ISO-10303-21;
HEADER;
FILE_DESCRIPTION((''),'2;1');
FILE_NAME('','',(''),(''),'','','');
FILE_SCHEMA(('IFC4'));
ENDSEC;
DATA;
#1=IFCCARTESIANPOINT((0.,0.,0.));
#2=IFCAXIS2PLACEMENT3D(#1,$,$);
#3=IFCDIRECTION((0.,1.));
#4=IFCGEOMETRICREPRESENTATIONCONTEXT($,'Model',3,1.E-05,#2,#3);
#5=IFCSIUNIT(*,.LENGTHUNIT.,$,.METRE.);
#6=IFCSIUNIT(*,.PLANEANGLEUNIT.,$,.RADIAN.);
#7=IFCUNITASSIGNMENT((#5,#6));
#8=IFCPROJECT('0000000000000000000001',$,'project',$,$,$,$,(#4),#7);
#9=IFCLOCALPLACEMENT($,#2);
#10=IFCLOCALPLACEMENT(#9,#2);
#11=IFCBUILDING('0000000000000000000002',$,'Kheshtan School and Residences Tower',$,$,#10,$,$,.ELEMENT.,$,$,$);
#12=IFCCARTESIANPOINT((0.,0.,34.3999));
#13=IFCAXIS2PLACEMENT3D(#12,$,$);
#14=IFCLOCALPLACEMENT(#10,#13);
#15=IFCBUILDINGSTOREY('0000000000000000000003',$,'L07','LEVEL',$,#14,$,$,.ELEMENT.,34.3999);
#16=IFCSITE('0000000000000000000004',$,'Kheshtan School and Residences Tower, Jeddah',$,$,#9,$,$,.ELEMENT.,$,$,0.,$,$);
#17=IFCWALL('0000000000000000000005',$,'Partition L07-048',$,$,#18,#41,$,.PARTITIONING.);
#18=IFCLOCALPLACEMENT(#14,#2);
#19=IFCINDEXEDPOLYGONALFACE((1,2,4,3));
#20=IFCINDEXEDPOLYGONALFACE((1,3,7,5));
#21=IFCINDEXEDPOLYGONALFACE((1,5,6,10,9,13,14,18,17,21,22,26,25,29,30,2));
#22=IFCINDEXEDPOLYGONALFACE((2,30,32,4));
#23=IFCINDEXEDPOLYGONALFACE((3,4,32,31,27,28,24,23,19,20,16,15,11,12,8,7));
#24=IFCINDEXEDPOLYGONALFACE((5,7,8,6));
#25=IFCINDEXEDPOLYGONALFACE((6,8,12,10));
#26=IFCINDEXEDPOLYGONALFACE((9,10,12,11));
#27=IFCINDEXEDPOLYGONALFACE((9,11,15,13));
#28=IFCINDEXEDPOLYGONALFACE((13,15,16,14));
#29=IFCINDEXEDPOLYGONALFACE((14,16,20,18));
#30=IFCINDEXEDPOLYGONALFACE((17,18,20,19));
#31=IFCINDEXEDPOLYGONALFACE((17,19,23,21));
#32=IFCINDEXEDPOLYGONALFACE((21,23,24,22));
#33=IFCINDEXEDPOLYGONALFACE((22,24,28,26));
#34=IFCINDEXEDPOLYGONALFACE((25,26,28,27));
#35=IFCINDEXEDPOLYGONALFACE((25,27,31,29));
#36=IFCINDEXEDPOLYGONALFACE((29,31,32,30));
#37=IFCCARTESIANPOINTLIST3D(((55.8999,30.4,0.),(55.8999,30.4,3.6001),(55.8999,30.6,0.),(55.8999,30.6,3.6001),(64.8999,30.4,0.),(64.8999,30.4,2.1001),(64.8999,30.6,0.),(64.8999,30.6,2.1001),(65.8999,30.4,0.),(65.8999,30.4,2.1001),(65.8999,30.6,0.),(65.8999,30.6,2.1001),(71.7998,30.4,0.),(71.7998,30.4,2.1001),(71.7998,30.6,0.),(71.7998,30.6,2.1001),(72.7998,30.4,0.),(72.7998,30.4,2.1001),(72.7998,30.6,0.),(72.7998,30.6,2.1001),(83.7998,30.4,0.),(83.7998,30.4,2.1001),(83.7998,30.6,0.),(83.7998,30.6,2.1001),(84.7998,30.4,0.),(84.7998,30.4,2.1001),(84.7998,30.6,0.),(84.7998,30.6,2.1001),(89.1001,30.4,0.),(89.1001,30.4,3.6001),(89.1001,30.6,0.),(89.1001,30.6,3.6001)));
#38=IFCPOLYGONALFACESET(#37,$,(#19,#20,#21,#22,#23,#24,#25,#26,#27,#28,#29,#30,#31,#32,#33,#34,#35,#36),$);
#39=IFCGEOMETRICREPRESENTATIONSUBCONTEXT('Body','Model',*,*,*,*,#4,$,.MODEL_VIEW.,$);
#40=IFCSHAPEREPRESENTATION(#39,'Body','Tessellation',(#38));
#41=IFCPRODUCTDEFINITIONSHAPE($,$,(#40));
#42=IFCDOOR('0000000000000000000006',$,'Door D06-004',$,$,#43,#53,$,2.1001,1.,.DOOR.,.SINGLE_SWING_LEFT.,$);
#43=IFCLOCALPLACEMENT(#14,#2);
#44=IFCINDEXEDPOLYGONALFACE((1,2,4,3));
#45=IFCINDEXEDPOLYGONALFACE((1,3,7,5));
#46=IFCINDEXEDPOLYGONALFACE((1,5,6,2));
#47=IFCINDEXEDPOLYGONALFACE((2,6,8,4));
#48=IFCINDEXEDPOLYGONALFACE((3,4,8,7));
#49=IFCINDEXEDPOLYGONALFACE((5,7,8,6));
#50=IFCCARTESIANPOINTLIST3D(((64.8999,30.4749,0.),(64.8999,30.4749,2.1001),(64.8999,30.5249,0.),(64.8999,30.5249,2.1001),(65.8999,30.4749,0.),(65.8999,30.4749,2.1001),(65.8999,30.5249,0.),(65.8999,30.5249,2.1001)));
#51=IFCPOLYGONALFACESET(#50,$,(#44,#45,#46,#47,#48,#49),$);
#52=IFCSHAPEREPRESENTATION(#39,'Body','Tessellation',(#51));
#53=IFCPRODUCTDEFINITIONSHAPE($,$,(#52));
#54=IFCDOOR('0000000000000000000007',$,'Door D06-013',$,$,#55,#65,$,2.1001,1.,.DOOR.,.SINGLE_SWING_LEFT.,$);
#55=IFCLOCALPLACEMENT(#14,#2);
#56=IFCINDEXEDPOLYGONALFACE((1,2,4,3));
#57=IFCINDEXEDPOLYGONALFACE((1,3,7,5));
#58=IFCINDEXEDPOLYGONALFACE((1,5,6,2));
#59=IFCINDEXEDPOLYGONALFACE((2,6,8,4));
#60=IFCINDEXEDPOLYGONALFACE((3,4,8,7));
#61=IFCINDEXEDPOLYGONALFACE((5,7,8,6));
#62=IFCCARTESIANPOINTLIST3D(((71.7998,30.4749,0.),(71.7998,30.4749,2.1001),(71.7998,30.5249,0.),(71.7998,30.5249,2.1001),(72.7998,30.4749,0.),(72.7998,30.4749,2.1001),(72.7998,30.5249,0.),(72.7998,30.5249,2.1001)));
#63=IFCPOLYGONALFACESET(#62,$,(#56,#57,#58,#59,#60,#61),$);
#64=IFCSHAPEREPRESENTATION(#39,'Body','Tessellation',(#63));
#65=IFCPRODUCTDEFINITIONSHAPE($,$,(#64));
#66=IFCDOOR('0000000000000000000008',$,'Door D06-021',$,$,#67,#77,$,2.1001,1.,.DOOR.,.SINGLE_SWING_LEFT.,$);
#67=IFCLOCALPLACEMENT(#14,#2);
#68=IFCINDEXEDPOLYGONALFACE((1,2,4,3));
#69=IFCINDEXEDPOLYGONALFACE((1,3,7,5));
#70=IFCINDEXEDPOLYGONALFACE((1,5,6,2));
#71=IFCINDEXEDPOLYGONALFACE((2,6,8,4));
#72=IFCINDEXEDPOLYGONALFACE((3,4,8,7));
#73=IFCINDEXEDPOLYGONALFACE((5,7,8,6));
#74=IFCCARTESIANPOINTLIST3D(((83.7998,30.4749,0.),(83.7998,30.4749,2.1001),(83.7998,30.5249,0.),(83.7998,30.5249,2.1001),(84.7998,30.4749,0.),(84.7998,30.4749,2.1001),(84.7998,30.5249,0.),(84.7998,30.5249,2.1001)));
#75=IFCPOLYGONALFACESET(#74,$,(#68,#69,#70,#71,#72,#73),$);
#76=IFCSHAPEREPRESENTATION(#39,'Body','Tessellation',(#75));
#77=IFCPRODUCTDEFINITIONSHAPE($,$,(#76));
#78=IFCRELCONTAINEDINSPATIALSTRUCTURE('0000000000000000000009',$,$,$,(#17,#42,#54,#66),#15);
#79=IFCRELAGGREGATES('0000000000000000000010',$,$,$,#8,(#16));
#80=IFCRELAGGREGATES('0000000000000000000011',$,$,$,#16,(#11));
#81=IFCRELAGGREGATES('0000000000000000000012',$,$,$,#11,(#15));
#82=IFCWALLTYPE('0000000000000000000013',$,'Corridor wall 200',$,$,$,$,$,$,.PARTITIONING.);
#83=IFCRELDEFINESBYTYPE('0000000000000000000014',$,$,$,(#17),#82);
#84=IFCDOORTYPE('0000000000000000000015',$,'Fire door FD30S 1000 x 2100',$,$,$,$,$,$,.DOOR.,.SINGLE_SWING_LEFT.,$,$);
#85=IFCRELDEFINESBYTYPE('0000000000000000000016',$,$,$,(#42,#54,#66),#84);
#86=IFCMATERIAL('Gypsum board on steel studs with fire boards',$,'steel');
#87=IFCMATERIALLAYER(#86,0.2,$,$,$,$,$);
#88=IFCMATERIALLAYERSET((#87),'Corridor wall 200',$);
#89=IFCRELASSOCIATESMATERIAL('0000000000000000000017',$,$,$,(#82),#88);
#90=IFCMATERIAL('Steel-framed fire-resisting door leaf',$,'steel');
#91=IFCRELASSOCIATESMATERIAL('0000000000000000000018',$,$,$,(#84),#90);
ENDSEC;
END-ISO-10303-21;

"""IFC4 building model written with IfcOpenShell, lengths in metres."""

from ifc_helpers import new_model, si_unit, direction, frame, frame_2d, origin, place, context, subcontext, project, spatial, rectangle, extrude, source, transform, mapped, material, layer, layer_set, type_object, element, fill, save


model = new_model("IFC4")

# Units and contexts
model_context = context("Model", 3, precision=1e-05, world=origin(), true_north=direction((0.0, 1.0)))
body_context = subcontext(model_context, "Body", "Model", "MODEL_VIEW")
ifc_project = project(units=[si_unit("LENGTHUNIT", "METRE"), si_unit("PLANEANGLEUNIT", "RADIAN")], contexts=[model_context])

# Site, building, storey
site_placement = place(None, origin())
site = spatial("IfcSite", under=ifc_project, at=site_placement, Name="Kheshtan School and Residences Tower, Jeddah", CompositionType="ELEMENT", RefElevation=0.0)
building_placement = place(site_placement, origin())
building = spatial("IfcBuilding", under=site, at=building_placement, Name="Kheshtan School and Residences Tower", CompositionType="ELEMENT")
storey_placement = place(building_placement, frame((0.0, 0.0, 34.3999)))
storey = spatial("IfcBuildingStorey", under=building, at=storey_placement, Name="L07", Description="LEVEL", CompositionType="ELEMENT", Elevation=34.3999)

# Wall, openings, doors
ifc_material_1 = material(Name="Gypsum board on steel studs with fire boards", Category="steel")
ifc_layer_1 = layer(ifc_material_1, 0.2)
ifc_layer_set_1 = layer_set([ifc_layer_1], Name="Corridor wall 200")
wall_type_1 = type_object("IfcWallType", Name="Corridor wall 200", PredefinedType="PARTITIONING", material=ifc_layer_set_1)
wall_1_placement = place(storey_placement, frame((55.8999, 30.5, 0.0), z_axis=(0.0, 0.0, 1.0), x_axis=(1.0, 0.0, 0.0)))
wall_1 = element("IfcWall", 1, at=wall_1_placement, inside=storey, type_object=wall_type_1, Name="Partition L07-048", PredefinedType="PARTITIONING", context=body_context, shape_type="SweptSolid", body=[
    extrude(rectangle(XDim=33.2002, YDim=0.2, at=frame_2d((16.6001, 0.0))), origin(), (0.0, 0.0, 1.0), 3.6001),
])
opening_1_placement = place(wall_1_placement, frame((9.0, 0.0, 0.0)))
opening_1 = element("IfcOpeningElement", 2, at=opening_1_placement, cuts=wall_1, PredefinedType="OPENING", context=body_context, shape_type="SweptSolid", body=[
    extrude(rectangle(XDim=1.0, YDim=2.1001, at=frame_2d((0.5, 1.05))), frame((0.0, 0.1099, 0.0), z_axis=(0.0, -1.0, 0.0), x_axis=(1.0, 0.0, 0.0)), (0.0, 0.0, 1.0), 0.22),
])
opening_2_placement = place(wall_1_placement, frame((15.8999, 0.0, 0.0)))
opening_2 = element("IfcOpeningElement", 3, at=opening_2_placement, cuts=wall_1, PredefinedType="OPENING", context=body_context, shape_type="SweptSolid", body=[
    extrude(rectangle(XDim=1.0, YDim=2.1001, at=frame_2d((0.5, 1.05))), frame((0.0, 0.1099, 0.0), z_axis=(0.0, -1.0, 0.0), x_axis=(1.0, 0.0, 0.0)), (0.0, 0.0, 1.0), 0.22),
])
opening_3_placement = place(wall_1_placement, frame((27.8999, 0.0, 0.0)))
opening_3 = element("IfcOpeningElement", 4, at=opening_3_placement, cuts=wall_1, PredefinedType="OPENING", context=body_context, shape_type="SweptSolid", body=[
    extrude(rectangle(XDim=1.0, YDim=2.1001, at=frame_2d((0.5, 1.05))), frame((0.0, 0.1099, 0.0), z_axis=(0.0, -1.0, 0.0), x_axis=(1.0, 0.0, 0.0)), (0.0, 0.0, 1.0), 0.22),
])
ifc_material_2 = material(Name="Steel-framed fire-resisting door leaf", Category="steel")
door_type_1 = type_object("IfcDoorType", Name="Fire door FD30S 1000 x 2100", OperationType="SINGLE_SWING_LEFT", PredefinedType="DOOR", material=ifc_material_2)
shared_shape_1 = source(origin(), body_context, "Body", "SweptSolid", [
    extrude(rectangle(XDim=1.0, YDim=2.1001, at=frame_2d((0.5, 1.05))), frame((0.0, 0.0249, 0.0), z_axis=(0.0, -1.0, 0.0), x_axis=(1.0, 0.0, 0.0)), (0.0, 0.0, 1.0), 0.05),
])
door_1_placement = place(opening_1_placement, origin())
door_1 = element("IfcDoor", 5, at=door_1_placement, inside=storey, type_object=door_type_1, Name="Door D06-004", OperationType="SINGLE_SWING_LEFT", OverallHeight=2.1001, OverallWidth=1.0, PredefinedType="DOOR", context=body_context, shape_type="MappedRepresentation", body=[
    mapped(shared_shape_1, transform((0.0, 0.0, 0.0), x_axis=(1.0, 0.0, 0.0), y_axis=(0.0, 1.0, 0.0), z_axis=(0.0, 0.0, 1.0), scale=1.0)),
])
fill(opening_1, door_1)
door_2_placement = place(opening_2_placement, origin())
door_2 = element("IfcDoor", 6, at=door_2_placement, inside=storey, type_object=door_type_1, Name="Door D06-013", OperationType="SINGLE_SWING_LEFT", OverallHeight=2.1001, OverallWidth=1.0, PredefinedType="DOOR", context=body_context, shape_type="MappedRepresentation", body=[
    mapped(shared_shape_1, transform((0.0, 0.0, 0.0), x_axis=(1.0, 0.0, 0.0), y_axis=(0.0, 1.0, 0.0), z_axis=(0.0, 0.0, 1.0), scale=1.0)),
])
fill(opening_2, door_2)
door_3_placement = place(opening_3_placement, origin())
door_3 = element("IfcDoor", 7, at=door_3_placement, inside=storey, type_object=door_type_1, Name="Door D06-021", OperationType="SINGLE_SWING_LEFT", OverallHeight=2.1001, OverallWidth=1.0, PredefinedType="DOOR", context=body_context, shape_type="MappedRepresentation", body=[
    mapped(shared_shape_1, transform((0.0, 0.0, 0.0), x_axis=(1.0, 0.0, 0.0), y_axis=(0.0, 1.0, 0.0), z_axis=(0.0, 0.0, 1.0), scale=1.0)),
])
fill(opening_3, door_3)

save(model, "model.ifc")
